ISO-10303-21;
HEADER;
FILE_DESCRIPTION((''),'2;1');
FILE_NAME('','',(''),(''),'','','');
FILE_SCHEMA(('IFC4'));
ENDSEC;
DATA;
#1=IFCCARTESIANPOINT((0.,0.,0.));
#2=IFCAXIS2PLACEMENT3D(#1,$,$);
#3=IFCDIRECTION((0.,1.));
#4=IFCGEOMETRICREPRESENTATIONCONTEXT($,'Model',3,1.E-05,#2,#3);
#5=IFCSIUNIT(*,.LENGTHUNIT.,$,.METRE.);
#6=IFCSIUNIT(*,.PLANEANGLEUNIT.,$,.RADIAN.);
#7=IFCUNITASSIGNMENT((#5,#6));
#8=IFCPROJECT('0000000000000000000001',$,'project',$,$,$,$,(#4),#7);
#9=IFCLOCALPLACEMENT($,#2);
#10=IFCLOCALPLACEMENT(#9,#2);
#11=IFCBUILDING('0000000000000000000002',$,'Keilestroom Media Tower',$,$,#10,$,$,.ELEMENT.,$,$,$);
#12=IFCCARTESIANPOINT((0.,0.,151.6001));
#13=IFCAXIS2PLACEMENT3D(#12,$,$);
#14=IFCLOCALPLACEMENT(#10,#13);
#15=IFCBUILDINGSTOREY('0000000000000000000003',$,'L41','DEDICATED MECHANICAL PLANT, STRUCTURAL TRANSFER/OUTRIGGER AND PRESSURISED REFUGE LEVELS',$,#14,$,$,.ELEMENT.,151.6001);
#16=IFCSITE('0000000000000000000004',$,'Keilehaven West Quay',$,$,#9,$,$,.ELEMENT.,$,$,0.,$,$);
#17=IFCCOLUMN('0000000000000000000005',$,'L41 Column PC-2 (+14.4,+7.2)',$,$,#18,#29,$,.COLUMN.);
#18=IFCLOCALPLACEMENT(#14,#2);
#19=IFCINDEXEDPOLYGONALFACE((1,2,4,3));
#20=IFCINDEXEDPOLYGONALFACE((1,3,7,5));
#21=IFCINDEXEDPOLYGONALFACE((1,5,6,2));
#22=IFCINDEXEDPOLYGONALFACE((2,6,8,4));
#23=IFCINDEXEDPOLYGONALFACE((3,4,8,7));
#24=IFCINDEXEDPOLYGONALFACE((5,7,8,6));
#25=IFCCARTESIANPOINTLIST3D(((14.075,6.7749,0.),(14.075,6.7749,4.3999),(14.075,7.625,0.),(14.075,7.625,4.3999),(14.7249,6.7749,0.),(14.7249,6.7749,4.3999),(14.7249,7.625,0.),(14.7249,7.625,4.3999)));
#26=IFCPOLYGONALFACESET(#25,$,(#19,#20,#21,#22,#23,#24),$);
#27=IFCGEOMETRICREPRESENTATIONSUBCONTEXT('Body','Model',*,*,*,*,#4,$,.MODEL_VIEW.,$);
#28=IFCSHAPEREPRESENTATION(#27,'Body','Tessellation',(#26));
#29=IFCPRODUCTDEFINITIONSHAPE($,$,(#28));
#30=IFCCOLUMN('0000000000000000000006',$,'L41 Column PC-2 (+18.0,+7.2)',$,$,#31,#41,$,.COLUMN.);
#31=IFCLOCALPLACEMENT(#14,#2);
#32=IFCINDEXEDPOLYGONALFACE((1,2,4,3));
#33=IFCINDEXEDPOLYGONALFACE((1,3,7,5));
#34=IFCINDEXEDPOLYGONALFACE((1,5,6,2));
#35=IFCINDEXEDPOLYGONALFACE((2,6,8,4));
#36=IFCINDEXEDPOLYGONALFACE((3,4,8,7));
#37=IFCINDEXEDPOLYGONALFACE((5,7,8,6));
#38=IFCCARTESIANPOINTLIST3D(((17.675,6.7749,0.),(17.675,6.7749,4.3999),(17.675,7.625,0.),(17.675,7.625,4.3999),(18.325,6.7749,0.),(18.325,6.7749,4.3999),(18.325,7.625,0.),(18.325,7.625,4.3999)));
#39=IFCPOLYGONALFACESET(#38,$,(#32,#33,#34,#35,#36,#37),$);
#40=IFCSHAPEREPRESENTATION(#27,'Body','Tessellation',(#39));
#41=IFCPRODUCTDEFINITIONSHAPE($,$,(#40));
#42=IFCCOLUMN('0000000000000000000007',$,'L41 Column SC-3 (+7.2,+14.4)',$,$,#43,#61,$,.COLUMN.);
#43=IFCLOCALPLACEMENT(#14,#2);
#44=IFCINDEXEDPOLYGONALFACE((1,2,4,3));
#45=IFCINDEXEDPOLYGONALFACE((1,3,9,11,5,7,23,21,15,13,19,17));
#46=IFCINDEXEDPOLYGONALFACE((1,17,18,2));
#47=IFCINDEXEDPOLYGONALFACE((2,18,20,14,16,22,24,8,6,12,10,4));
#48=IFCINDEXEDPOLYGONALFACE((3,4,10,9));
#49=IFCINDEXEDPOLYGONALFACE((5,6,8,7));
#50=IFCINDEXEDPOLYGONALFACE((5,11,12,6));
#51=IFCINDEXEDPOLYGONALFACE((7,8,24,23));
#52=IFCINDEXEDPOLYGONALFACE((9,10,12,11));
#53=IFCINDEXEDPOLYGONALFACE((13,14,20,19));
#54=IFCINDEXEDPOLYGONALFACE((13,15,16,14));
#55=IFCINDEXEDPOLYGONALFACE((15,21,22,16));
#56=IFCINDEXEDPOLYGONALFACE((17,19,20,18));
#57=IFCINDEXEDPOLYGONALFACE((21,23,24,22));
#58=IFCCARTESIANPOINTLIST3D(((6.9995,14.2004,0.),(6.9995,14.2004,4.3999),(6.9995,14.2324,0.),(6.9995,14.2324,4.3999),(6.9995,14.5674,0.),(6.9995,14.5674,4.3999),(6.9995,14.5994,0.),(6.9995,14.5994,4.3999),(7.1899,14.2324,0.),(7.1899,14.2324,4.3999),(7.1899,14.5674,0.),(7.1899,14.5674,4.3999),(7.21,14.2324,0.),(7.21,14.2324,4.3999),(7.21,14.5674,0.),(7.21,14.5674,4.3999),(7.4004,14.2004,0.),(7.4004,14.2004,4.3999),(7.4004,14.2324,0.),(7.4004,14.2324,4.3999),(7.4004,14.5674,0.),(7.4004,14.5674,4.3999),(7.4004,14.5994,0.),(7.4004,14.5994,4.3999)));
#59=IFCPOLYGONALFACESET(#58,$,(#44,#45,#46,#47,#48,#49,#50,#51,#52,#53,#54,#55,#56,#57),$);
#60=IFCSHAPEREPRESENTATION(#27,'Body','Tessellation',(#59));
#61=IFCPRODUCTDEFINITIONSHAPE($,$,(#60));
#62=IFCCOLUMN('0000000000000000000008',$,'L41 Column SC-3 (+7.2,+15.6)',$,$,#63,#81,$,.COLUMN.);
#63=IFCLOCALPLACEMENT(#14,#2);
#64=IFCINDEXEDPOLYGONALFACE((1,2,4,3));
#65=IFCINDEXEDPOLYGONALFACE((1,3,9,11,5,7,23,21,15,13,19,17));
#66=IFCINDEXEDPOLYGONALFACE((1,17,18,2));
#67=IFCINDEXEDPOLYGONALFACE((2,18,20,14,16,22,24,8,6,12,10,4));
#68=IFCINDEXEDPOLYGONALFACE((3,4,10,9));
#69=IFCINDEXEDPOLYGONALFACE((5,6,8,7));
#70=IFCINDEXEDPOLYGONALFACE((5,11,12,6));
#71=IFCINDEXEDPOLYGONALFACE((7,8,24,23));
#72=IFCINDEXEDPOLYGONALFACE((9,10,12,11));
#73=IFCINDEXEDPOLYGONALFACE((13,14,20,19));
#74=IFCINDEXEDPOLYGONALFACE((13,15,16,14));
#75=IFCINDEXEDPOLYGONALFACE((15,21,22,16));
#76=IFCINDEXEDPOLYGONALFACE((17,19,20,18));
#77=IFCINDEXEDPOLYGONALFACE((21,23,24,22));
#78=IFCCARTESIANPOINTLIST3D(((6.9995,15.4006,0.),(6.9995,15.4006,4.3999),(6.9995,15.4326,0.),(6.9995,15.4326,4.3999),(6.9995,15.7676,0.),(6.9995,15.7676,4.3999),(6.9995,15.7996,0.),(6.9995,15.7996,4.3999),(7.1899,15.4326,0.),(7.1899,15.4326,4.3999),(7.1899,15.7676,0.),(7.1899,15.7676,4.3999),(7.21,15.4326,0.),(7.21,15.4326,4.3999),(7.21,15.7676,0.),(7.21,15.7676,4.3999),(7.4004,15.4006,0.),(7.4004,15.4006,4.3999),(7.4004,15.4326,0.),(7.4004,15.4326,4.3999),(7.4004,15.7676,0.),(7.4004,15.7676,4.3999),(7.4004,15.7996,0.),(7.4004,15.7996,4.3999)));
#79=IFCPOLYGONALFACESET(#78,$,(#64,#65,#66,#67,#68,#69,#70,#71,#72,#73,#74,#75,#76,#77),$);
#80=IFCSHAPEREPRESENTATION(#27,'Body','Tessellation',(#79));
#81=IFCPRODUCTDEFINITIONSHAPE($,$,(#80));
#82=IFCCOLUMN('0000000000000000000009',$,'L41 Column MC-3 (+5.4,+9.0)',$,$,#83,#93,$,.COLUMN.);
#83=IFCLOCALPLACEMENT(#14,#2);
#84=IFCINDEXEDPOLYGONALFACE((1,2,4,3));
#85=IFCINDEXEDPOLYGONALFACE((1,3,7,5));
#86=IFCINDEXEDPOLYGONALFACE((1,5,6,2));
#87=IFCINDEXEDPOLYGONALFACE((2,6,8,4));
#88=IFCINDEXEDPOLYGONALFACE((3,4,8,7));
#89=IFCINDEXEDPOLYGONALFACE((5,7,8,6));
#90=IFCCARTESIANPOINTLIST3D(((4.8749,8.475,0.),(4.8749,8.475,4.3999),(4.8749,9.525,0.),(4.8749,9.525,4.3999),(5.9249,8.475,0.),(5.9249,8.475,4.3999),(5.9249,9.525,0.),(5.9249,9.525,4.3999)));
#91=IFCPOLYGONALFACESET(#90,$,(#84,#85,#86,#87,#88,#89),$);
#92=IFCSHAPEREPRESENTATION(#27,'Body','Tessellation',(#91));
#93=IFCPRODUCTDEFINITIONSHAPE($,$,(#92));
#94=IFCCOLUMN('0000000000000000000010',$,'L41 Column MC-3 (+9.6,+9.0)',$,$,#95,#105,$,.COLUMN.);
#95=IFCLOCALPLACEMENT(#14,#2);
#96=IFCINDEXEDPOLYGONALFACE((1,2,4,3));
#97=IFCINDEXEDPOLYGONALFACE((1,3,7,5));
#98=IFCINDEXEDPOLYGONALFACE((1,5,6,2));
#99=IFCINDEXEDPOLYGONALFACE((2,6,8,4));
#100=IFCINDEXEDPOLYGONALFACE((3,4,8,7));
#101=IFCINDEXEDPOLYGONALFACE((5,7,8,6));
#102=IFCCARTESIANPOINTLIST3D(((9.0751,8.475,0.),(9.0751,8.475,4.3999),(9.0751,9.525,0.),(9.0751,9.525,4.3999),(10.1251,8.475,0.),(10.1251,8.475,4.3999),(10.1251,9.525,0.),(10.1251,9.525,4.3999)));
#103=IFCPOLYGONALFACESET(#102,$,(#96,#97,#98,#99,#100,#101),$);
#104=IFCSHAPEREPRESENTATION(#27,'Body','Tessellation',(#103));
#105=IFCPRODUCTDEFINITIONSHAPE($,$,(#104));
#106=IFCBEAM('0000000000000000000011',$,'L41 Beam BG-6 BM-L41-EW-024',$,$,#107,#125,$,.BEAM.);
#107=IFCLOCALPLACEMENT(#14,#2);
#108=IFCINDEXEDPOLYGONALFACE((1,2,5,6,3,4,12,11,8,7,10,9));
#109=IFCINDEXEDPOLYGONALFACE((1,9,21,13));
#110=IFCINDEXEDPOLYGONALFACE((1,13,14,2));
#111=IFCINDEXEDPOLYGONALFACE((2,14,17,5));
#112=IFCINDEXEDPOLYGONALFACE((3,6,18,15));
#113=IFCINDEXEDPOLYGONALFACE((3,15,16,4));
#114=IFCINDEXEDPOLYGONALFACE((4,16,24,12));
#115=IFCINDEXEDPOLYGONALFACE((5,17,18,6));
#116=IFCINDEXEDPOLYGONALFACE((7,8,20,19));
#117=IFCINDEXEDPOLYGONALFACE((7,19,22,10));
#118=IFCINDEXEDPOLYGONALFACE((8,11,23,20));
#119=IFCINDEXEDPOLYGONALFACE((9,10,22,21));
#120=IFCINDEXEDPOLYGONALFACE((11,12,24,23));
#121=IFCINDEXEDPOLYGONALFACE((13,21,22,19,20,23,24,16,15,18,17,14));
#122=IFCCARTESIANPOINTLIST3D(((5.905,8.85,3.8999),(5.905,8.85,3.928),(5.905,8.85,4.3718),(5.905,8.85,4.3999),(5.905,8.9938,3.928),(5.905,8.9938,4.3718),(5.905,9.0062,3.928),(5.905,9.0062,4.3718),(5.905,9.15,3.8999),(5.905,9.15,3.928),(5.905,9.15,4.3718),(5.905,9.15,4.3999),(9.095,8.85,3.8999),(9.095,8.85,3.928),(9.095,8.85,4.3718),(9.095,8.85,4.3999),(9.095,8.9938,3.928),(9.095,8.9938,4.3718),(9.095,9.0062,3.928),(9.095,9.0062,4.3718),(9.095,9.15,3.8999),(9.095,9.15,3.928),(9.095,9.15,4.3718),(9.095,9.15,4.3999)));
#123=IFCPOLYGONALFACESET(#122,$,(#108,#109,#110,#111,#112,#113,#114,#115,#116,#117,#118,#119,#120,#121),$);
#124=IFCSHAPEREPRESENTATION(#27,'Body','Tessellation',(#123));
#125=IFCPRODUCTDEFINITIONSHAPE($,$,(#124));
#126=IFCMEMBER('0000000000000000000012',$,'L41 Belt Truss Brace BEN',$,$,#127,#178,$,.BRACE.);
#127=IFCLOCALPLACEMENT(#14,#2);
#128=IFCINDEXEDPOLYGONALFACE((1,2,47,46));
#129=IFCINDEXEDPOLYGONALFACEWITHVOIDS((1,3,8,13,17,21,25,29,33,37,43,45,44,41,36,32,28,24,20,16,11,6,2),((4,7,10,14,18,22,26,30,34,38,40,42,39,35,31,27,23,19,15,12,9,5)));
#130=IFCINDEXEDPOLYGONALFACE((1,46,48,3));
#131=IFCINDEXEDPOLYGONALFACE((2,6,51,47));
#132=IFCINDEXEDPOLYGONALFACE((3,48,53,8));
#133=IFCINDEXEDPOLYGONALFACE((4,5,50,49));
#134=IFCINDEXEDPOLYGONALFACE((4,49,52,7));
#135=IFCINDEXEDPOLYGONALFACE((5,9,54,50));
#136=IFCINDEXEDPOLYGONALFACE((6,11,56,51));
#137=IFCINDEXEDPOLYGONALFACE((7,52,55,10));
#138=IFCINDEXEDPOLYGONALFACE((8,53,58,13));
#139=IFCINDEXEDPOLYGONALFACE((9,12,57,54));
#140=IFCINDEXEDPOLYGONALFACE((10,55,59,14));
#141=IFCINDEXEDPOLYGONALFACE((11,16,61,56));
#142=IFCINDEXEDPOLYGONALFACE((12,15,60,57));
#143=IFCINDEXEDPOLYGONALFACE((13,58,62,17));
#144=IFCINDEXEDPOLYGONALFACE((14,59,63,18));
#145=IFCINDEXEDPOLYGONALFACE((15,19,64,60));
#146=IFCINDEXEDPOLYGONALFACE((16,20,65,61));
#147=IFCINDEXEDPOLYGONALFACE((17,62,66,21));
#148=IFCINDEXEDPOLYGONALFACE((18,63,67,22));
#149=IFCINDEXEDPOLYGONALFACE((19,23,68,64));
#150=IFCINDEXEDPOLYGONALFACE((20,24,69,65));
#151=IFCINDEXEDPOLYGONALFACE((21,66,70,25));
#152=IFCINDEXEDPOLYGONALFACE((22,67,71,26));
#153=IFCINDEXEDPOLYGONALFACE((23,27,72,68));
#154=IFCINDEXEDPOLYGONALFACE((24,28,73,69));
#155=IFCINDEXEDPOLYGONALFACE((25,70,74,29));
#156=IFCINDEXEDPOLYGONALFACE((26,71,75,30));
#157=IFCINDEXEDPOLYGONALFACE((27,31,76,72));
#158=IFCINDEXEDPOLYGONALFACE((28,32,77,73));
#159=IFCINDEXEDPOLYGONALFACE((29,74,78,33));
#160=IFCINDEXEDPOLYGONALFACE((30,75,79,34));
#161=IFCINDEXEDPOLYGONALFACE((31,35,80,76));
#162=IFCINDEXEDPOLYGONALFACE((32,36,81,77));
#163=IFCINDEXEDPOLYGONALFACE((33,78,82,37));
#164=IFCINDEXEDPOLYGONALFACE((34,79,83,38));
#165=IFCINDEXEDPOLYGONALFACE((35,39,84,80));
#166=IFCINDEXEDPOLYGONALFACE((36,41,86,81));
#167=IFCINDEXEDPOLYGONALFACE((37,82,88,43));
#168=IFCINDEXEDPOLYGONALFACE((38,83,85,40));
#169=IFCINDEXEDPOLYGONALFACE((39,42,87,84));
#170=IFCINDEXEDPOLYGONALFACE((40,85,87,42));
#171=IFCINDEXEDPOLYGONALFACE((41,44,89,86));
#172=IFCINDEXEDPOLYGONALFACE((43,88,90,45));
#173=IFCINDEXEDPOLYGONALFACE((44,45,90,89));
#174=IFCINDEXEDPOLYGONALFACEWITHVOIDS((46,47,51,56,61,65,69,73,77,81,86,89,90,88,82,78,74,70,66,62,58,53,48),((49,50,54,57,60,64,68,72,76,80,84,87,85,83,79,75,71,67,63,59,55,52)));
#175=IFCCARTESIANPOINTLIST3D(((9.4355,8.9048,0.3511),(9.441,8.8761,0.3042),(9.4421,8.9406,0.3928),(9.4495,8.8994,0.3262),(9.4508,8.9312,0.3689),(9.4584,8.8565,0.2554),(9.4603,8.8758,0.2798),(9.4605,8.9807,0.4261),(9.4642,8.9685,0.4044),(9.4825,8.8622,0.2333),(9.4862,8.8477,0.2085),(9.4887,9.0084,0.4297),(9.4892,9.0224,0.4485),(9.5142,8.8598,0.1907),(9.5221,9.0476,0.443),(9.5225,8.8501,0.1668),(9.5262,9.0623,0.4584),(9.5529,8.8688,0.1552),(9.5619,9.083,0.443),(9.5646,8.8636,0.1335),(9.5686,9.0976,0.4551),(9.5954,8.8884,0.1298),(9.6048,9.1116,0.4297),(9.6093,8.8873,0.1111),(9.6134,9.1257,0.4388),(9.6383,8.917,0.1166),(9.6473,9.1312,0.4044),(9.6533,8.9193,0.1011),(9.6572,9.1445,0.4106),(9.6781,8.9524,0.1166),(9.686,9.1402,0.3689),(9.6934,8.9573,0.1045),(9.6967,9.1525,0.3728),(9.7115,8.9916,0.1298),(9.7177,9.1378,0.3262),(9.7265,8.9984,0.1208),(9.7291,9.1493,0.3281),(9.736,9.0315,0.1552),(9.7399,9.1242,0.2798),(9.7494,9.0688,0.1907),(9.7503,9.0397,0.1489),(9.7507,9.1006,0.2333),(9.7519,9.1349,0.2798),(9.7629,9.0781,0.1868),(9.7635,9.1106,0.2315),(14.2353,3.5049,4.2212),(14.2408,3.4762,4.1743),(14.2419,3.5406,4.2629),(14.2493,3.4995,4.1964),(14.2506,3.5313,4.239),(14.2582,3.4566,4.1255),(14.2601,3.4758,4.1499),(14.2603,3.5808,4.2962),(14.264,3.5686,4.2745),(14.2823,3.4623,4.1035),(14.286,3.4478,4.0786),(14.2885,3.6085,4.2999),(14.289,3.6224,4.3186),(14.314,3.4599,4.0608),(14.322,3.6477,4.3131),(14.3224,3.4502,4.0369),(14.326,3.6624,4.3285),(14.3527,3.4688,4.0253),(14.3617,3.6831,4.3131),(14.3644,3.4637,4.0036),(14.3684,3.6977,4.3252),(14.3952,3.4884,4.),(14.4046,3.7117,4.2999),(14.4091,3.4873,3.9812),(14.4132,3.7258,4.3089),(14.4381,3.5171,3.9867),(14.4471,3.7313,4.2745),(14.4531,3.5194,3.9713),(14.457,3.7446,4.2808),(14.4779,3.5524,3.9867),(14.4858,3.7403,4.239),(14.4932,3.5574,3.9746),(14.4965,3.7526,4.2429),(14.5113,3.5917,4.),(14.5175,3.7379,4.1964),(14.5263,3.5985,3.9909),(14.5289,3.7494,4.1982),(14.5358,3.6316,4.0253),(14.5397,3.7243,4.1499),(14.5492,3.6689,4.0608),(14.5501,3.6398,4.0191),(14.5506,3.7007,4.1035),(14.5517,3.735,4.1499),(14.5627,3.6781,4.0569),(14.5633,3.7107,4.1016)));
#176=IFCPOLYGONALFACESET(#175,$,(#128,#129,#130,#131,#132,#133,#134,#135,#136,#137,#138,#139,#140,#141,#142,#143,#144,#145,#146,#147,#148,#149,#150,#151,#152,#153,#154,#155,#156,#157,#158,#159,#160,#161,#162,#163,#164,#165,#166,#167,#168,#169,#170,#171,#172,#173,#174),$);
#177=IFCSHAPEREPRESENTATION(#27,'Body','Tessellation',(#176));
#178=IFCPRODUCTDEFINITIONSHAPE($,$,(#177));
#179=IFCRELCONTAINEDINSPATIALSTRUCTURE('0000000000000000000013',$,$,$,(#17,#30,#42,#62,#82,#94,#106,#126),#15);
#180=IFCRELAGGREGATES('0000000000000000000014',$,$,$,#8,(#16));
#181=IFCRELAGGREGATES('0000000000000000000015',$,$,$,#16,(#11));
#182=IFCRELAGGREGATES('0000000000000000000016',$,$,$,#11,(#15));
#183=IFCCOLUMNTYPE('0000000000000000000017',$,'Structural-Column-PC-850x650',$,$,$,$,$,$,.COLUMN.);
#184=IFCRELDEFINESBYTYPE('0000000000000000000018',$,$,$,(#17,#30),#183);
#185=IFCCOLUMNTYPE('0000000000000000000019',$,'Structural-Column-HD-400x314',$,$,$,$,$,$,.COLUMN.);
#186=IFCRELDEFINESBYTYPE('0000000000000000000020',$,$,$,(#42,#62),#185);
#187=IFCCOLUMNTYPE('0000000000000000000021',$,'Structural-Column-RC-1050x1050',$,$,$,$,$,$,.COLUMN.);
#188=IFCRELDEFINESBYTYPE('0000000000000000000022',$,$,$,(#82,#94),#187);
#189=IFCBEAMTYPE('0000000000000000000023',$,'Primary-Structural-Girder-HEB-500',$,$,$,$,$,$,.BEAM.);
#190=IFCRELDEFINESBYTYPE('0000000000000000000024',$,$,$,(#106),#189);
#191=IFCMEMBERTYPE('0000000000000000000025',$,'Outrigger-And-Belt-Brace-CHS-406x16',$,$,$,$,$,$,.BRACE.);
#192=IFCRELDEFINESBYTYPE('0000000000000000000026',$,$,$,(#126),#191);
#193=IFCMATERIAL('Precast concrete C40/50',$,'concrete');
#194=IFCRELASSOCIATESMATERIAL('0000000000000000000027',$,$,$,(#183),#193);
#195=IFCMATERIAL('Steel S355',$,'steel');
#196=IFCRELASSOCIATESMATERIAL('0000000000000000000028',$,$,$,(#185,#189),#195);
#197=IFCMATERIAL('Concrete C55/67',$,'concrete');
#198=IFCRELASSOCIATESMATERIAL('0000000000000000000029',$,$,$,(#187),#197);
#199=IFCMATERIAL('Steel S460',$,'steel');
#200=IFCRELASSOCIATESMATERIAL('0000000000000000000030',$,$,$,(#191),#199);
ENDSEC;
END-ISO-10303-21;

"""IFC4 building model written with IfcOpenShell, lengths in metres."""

from ifc_helpers import new_model, si_unit, direction, frame, origin, origin_2d, place, context, subcontext, project, spatial, rectangle, hollow_circle, i_section, extrude, source, transform, mapped, material, material_profile, profile_set, type_object, element, save


model = new_model("IFC4")

# Units and contexts
model_context = context("Model", 3, precision=1e-05, world=origin(), true_north=direction((0.0, 1.0)))
body_context = subcontext(model_context, "Body", "Model", "MODEL_VIEW")
ifc_project = project(units=[si_unit("LENGTHUNIT", "METRE"), si_unit("PLANEANGLEUNIT", "RADIAN")], contexts=[model_context])

# Site, building, storey
site_placement = place(None, origin())
site = spatial("IfcSite", under=ifc_project, at=site_placement, Name="Keilehaven West Quay", CompositionType="ELEMENT", RefElevation=0.0)
building_placement = place(site_placement, origin())
building = spatial("IfcBuilding", under=site, at=building_placement, Name="Keilestroom Media Tower", CompositionType="ELEMENT")
storey_placement = place(building_placement, frame((0.0, 0.0, 151.6001)))
storey = spatial("IfcBuildingStorey", under=building, at=storey_placement, Name="L41", Description="DEDICATED MECHANICAL PLANT, STRUCTURAL TRANSFER/OUTRIGGER AND PRESSURISED REFUGE LEVELS", CompositionType="ELEMENT", Elevation=151.6001)

# Columns
ifc_material_1 = material(Name="Precast concrete C40/50", Category="concrete")
ifc_material_profile_1 = material_profile(ifc_material_1, rectangle(XDim=0.6499, YDim=0.8501, at=origin_2d()), Name="PC 850x650")
ifc_profile_set_1 = profile_set([ifc_material_profile_1], Name="Precast concrete C40/50")
column_type_1 = type_object("IfcColumnType", Name="Structural-Column-PC-850x650", PredefinedType="COLUMN", material=ifc_profile_set_1)
shared_shape_1 = source(origin(), body_context, "Body", "SweptSolid", [
    extrude(rectangle(XDim=0.6499, YDim=0.8501, at=origin_2d()), origin(), (0.0, 0.0, 1.0), 4.3999),
])
for number, where, z_axis, x_axis, name in (
    (1, (14.3999, 7.2, 0.0), (0.0, 0.0, 1.0), (1.0, 0.0, 0.0), "L41 Column PC-2 (+14.4,+7.2)"),
    (2, (18.0, 7.2, 0.0), (0.0, 0.0, 1.0), (1.0, 0.0, 0.0), "L41 Column PC-2 (+18.0,+7.2)"),
):
    element("IfcColumn", number, at=place(storey_placement, frame(where, z_axis=z_axis, x_axis=x_axis)), inside=storey, type_object=column_type_1, Name=name, PredefinedType="COLUMN", context=body_context, shape_type="MappedRepresentation", body=[
        mapped(shared_shape_1, transform((0.0, 0.0, 0.0), x_axis=(1.0, 0.0, 0.0), y_axis=(0.0, 1.0, 0.0), z_axis=(0.0, 0.0, 1.0), scale=1.0)),
    ])
ifc_material_2 = material(Name="Steel S355", Category="steel")
ifc_material_profile_2 = material_profile(ifc_material_2, i_section(OverallWidth=0.4009, OverallDepth=0.3989, WebThickness=0.02, FlangeThickness=0.032, at=origin_2d()), Name="HD 400x314")
ifc_profile_set_2 = profile_set([ifc_material_profile_2], Name="Steel S355")
column_type_2 = type_object("IfcColumnType", Name="Structural-Column-HD-400x314", PredefinedType="COLUMN", material=ifc_profile_set_2)
shared_shape_2 = source(origin(), body_context, "Body", "SweptSolid", [
    extrude(i_section(OverallWidth=0.4009, OverallDepth=0.3989, WebThickness=0.02, FlangeThickness=0.032, at=origin_2d()), origin(), (0.0, 0.0, 1.0), 4.3999),
])
for number, where, z_axis, x_axis, name in (
    (3, (7.2, 14.3999, 0.0), (0.0, 0.0, 1.0), (1.0, 0.0, 0.0), "L41 Column SC-3 (+7.2,+14.4)"),
    (4, (7.2, 15.6001, 0.0), (0.0, 0.0, 1.0), (1.0, 0.0, 0.0), "L41 Column SC-3 (+7.2,+15.6)"),
):
    element("IfcColumn", number, at=place(storey_placement, frame(where, z_axis=z_axis, x_axis=x_axis)), inside=storey, type_object=column_type_2, Name=name, PredefinedType="COLUMN", context=body_context, shape_type="MappedRepresentation", body=[
        mapped(shared_shape_2, transform((0.0, 0.0, 0.0), x_axis=(1.0, 0.0, 0.0), y_axis=(0.0, 1.0, 0.0), z_axis=(0.0, 0.0, 1.0), scale=1.0)),
    ])
ifc_material_3 = material(Name="Concrete C55/67", Category="concrete")
ifc_material_profile_3 = material_profile(ifc_material_3, rectangle(XDim=1.05, YDim=1.05, at=origin_2d()), Name="RC 1050x1050")
ifc_profile_set_3 = profile_set([ifc_material_profile_3], Name="Concrete C55/67")
column_type_3 = type_object("IfcColumnType", Name="Structural-Column-RC-1050x1050", PredefinedType="COLUMN", material=ifc_profile_set_3)
shared_shape_3 = source(origin(), body_context, "Body", "SweptSolid", [
    extrude(rectangle(XDim=1.05, YDim=1.05, at=origin_2d()), origin(), (0.0, 0.0, 1.0), 4.3999),
])
for number, where, z_axis, x_axis, name in (
    (5, (5.3999, 9.0, 0.0), (0.0, 0.0, 1.0), (1.0, 0.0, 0.0), "L41 Column MC-3 (+5.4,+9.0)"),
    (6, (9.6001, 9.0, 0.0), (0.0, 0.0, 1.0), (1.0, 0.0, 0.0), "L41 Column MC-3 (+9.6,+9.0)"),
):
    element("IfcColumn", number, at=place(storey_placement, frame(where, z_axis=z_axis, x_axis=x_axis)), inside=storey, type_object=column_type_3, Name=name, PredefinedType="COLUMN", context=body_context, shape_type="MappedRepresentation", body=[
        mapped(shared_shape_3, transform((0.0, 0.0, 0.0), x_axis=(1.0, 0.0, 0.0), y_axis=(0.0, 1.0, 0.0), z_axis=(0.0, 0.0, 1.0), scale=1.0)),
    ])

# Beam
ifc_material_profile_4 = material_profile(ifc_material_2, i_section(OverallWidth=0.3, OverallDepth=0.5, WebThickness=0.0125, FlangeThickness=0.0281, at=origin_2d()), Name="HEB 500")
ifc_profile_set_4 = profile_set([ifc_material_profile_4], Name="Steel S355")
beam_type = type_object("IfcBeamType", Name="Primary-Structural-Girder-HEB-500", PredefinedType="BEAM", material=ifc_profile_set_4)
shared_shape_4 = source(origin(), body_context, "Body", "SweptSolid", [
    extrude(i_section(OverallWidth=0.3, OverallDepth=0.5, WebThickness=0.0125, FlangeThickness=0.0281, at=origin_2d()), origin(), (0.0, 0.0, 1.0), 3.1899),
])
beam_placement = place(storey_placement, frame((5.905, 9.0, 4.1499), z_axis=(1.0, 0.0, 0.0), x_axis=(0.0, 1.0, 0.0)))
element("IfcBeam", 7, at=beam_placement, inside=storey, type_object=beam_type, Name="L41 Beam BG-6 BM-L41-EW-024", PredefinedType="BEAM", context=body_context, shape_type="MappedRepresentation", body=[
    mapped(shared_shape_4, transform((0.0, 0.0, 0.0), x_axis=(1.0, 0.0, 0.0), y_axis=(0.0, 1.0, 0.0), z_axis=(0.0, 0.0, 1.0), scale=1.0)),
])

# Member
ifc_material_4 = material(Name="Steel S460", Category="steel")
ifc_material_profile_5 = material_profile(ifc_material_4, hollow_circle(Radius=0.2031, WallThickness=0.0161, at=origin_2d()), Name="CHS 406.4x16")
ifc_profile_set_5 = profile_set([ifc_material_profile_5], Name="Steel S460")
member_type = type_object("IfcMemberType", Name="Outrigger-And-Belt-Brace-CHS-406x16", PredefinedType="BRACE", material=ifc_profile_set_5)
shared_shape_5 = source(origin(), body_context, "Body", "SweptSolid", [
    extrude(hollow_circle(Radius=0.2031, WallThickness=0.0161, at=origin_2d()), origin(), (0.0, 0.0, 1.0), 8.196),
])
member_placement = place(storey_placement, frame((9.6001, 9.0, 0.2798), z_axis=(0.585626, -0.658844, 0.472194), x_axis=(0.747417, 0.664355, 0.0)))
element("IfcMember", 8, at=member_placement, inside=storey, type_object=member_type, Name="L41 Belt Truss Brace BEN", PredefinedType="BRACE", context=body_context, shape_type="MappedRepresentation", body=[
    mapped(shared_shape_5, transform((0.0, 0.0, 0.0), x_axis=(1.0, 0.0, 0.0), y_axis=(0.0, 1.0, 0.0), z_axis=(0.0, 0.0, 1.0), scale=1.0)),
])

save(model, "model.ifc")
